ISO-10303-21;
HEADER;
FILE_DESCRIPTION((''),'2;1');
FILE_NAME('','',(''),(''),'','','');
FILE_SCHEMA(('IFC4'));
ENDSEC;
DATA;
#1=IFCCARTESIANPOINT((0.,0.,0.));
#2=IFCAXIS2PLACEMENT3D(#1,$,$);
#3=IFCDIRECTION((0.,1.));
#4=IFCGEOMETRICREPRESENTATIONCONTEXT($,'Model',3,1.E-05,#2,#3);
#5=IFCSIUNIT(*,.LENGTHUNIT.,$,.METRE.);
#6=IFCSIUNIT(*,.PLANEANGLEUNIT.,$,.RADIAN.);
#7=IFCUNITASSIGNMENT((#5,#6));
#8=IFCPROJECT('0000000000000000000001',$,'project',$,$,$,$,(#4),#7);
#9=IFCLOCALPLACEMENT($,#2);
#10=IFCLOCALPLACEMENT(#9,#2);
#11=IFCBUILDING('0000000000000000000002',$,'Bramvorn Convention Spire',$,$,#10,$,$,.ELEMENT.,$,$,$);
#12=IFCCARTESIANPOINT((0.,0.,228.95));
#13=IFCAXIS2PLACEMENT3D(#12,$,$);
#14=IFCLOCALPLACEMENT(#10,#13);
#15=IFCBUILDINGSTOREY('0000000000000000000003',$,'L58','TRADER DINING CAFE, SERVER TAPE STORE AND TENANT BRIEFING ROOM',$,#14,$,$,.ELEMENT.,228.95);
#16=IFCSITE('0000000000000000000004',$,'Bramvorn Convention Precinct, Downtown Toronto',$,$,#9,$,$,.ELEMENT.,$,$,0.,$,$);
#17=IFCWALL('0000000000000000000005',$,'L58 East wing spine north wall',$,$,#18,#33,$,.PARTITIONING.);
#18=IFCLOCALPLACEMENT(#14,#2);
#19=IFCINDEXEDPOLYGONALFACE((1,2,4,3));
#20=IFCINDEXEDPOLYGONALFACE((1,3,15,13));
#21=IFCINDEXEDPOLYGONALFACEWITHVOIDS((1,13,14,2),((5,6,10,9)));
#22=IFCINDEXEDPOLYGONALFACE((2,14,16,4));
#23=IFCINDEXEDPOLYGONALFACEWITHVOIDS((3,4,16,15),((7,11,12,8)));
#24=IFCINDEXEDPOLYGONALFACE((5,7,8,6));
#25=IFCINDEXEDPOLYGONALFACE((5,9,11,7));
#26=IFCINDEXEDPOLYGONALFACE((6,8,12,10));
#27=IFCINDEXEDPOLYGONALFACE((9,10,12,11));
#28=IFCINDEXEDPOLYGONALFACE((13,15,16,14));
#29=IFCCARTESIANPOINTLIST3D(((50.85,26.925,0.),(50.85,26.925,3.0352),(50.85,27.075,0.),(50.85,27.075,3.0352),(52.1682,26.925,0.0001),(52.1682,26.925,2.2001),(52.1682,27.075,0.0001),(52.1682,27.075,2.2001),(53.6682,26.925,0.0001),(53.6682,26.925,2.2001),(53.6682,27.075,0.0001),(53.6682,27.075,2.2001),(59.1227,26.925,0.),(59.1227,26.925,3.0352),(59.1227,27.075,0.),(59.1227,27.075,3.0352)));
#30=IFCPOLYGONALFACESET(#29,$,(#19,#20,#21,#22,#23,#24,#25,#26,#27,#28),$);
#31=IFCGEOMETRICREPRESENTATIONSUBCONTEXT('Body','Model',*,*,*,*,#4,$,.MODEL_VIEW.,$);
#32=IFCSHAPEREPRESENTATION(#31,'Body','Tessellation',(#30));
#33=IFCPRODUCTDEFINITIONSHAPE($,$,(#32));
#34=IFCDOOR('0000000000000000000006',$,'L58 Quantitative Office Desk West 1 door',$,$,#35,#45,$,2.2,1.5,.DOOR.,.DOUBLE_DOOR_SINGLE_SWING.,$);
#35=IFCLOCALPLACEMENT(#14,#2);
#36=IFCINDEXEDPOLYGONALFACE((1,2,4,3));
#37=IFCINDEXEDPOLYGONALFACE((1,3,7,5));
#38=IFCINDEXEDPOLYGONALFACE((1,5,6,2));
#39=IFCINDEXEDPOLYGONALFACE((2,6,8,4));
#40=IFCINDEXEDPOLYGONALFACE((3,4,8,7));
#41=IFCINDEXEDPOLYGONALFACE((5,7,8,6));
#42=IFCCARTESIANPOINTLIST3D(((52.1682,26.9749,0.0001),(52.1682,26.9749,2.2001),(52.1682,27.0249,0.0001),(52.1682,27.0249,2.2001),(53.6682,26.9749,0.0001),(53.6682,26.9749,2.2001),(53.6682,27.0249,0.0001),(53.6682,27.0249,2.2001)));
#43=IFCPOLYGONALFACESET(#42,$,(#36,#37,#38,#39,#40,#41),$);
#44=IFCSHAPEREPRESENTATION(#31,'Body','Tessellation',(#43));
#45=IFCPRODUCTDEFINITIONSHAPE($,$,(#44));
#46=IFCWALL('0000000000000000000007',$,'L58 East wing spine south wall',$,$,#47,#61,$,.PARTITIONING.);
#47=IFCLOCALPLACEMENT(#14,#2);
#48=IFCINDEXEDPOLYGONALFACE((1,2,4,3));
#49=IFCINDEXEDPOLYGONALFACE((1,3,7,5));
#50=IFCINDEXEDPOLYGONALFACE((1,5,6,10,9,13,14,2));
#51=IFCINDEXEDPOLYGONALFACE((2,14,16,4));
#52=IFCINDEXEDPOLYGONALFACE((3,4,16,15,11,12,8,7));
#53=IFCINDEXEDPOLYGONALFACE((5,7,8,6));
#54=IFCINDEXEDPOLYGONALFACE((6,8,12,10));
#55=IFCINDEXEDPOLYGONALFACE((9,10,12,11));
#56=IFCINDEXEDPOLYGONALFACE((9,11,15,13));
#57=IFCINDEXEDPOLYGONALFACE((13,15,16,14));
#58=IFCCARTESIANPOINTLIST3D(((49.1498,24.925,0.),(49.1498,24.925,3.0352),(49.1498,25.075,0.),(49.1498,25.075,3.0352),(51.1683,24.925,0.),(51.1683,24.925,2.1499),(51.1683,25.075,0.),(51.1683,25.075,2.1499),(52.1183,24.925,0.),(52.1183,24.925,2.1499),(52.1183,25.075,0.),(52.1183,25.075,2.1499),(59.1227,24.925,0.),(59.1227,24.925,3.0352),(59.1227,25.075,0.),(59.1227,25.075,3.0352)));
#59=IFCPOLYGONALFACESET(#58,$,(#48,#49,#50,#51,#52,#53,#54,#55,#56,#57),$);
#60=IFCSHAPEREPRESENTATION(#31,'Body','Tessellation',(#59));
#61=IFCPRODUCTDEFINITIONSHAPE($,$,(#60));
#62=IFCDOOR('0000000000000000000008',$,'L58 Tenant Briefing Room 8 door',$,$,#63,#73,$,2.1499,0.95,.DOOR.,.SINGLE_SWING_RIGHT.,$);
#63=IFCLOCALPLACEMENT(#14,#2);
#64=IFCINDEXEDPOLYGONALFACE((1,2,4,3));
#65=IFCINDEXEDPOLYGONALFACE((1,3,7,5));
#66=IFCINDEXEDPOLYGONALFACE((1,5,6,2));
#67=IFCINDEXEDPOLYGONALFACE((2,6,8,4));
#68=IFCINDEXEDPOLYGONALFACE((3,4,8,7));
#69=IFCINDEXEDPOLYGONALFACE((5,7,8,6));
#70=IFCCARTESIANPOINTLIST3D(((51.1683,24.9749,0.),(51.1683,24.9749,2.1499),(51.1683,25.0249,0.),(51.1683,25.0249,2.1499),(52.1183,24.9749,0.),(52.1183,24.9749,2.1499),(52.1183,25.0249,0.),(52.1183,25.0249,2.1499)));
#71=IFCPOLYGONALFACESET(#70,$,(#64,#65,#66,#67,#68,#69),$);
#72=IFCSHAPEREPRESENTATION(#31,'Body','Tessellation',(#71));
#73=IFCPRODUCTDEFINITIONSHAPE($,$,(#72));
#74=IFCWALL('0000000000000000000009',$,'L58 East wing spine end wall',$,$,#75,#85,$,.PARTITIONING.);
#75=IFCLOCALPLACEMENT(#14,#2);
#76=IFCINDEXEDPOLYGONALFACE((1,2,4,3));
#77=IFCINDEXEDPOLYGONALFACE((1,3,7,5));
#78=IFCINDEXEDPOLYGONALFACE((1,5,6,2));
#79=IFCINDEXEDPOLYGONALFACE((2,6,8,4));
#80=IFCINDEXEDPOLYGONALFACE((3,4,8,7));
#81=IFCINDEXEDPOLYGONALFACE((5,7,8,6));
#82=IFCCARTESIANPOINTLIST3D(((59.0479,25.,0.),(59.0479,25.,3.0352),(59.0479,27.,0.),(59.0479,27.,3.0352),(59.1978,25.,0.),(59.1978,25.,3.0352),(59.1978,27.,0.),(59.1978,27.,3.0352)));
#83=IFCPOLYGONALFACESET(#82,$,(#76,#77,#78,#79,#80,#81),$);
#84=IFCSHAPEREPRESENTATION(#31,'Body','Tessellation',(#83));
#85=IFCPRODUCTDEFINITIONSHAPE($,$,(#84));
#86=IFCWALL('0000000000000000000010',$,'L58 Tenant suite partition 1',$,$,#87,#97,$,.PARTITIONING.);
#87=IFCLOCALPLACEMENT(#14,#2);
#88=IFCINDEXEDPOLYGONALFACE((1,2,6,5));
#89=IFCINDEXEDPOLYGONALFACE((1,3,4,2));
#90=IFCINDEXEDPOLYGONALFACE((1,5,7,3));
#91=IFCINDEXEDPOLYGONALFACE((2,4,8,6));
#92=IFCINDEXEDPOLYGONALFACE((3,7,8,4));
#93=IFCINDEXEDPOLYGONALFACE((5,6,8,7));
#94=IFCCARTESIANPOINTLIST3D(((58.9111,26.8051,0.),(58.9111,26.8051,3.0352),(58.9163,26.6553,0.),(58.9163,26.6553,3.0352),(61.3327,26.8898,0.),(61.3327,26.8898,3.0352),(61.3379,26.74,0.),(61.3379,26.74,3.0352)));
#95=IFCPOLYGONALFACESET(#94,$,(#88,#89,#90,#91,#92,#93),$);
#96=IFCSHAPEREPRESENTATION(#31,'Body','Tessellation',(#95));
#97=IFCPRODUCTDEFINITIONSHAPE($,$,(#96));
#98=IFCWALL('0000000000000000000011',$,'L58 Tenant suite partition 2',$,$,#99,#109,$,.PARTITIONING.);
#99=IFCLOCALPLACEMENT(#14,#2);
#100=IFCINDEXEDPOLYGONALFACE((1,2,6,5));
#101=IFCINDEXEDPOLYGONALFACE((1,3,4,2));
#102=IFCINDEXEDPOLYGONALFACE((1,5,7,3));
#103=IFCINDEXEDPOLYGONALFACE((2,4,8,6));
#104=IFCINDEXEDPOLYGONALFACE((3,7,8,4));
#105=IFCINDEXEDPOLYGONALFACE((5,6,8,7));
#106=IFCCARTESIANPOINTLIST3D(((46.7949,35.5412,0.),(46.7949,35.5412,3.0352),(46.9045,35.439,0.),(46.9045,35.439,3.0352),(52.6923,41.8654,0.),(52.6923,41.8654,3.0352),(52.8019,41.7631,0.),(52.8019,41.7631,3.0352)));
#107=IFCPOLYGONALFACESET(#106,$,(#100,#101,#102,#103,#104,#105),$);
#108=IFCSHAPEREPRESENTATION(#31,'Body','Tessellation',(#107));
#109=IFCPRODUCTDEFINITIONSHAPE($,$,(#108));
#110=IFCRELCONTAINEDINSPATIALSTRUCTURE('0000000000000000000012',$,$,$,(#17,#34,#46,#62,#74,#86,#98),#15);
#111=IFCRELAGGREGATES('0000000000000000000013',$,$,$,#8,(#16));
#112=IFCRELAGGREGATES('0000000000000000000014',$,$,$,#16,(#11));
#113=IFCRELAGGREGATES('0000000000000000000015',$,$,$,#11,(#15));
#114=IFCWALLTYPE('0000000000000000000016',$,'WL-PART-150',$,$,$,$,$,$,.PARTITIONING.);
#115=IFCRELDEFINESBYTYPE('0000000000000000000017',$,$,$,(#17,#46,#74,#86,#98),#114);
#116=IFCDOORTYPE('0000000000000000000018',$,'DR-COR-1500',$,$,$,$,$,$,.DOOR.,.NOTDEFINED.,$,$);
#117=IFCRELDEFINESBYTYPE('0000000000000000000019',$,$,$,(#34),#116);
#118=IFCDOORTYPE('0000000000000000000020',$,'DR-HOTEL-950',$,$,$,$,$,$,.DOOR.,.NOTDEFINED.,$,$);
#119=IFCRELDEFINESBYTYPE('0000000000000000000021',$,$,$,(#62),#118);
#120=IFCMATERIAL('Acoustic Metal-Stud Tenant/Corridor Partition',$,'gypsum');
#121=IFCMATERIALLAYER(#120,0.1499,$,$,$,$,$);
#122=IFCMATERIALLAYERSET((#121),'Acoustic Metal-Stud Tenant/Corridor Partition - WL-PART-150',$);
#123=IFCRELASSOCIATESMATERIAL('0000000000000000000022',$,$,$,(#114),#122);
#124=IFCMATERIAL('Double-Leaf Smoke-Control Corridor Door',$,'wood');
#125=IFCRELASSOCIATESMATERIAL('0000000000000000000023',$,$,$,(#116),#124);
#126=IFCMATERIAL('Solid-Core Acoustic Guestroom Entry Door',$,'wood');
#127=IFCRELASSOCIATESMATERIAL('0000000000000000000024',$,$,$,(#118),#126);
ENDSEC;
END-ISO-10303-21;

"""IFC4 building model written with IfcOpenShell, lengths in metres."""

from ifc_helpers import new_model, si_unit, direction, frame, frame_2d, origin, place, context, subcontext, project, spatial, rectangle, extrude, material, layer, layer_set, type_object, element, fill, save


model = new_model("IFC4")

# Units and contexts
model_context = context("Model", 3, precision=1e-05, world=origin(), true_north=direction((0.0, 1.0)))
body_context = subcontext(model_context, "Body", "Model", "MODEL_VIEW")
ifc_project = project(units=[si_unit("LENGTHUNIT", "METRE"), si_unit("PLANEANGLEUNIT", "RADIAN")], contexts=[model_context])

# Site, building, storey
site_placement = place(None, origin())
site = spatial("IfcSite", under=ifc_project, at=site_placement, Name="Bramvorn Convention Precinct, Downtown Toronto", CompositionType="ELEMENT", RefElevation=0.0)
building_placement = place(site_placement, origin())
building = spatial("IfcBuilding", under=site, at=building_placement, Name="Bramvorn Convention Spire", CompositionType="ELEMENT")
storey_placement = place(building_placement, frame((0.0, 0.0, 228.95)))
storey = spatial("IfcBuildingStorey", under=building, at=storey_placement, Name="L58", Description="TRADER DINING CAFE, SERVER TAPE STORE AND TENANT BRIEFING ROOM", CompositionType="ELEMENT", Elevation=228.95)

# Shared definitions
ifc_material_1 = material(Name="Acoustic Metal-Stud Tenant/Corridor Partition", Category="gypsum")
ifc_layer_1 = layer(ifc_material_1, 0.1499)
ifc_layer_set_1 = layer_set([ifc_layer_1], Name="Acoustic Metal-Stud Tenant/Corridor Partition - WL-PART-150")
wall_type_1 = type_object("IfcWallType", Name="WL-PART-150", PredefinedType="PARTITIONING", material=ifc_layer_set_1)

# Walls, openings, doors
wall_1_placement = place(storey_placement, frame((50.8501, 27.0, 0.0), z_axis=(0.0, 0.0, 1.0), x_axis=(1.0, 0.0, 0.0)))
wall_1 = element("IfcWall", 1, at=wall_1_placement, inside=storey, type_object=wall_type_1, Name="L58 East wing spine north wall", PredefinedType="PARTITIONING", context=body_context, shape_type="SweptSolid", body=[
    extrude(rectangle(XDim=8.2727, YDim=0.1499, at=frame_2d((4.1362, 0.0))), origin(), (0.0, 0.0, 1.0), 3.0352),
])
opening_1_placement = place(wall_1_placement, frame((1.3181, 0.0, 0.0)))
opening_1 = element("IfcOpeningElement", 2, at=opening_1_placement, cuts=wall_1, PredefinedType="OPENING", context=body_context, shape_type="SweptSolid", body=[
    extrude(rectangle(XDim=1.5, YDim=2.2, at=frame_2d((0.75, 1.1001))), frame((0.0, 0.085, 0.0), z_axis=(0.0, -1.0, 0.0), x_axis=(1.0, 0.0, 0.0)), (0.0, 0.0, 1.0), 0.1699),
])
ifc_material_2 = material(Name="Double-Leaf Smoke-Control Corridor Door", Category="wood")
door_type_1 = type_object("IfcDoorType", Name="DR-COR-1500", OperationType="NOTDEFINED", PredefinedType="DOOR", material=ifc_material_2)
door_1_placement = place(opening_1_placement, origin())
door_1 = element("IfcDoor", 3, at=door_1_placement, inside=storey, type_object=door_type_1, Name="L58 Quantitative Office Desk West 1 door", OperationType="DOUBLE_DOOR_SINGLE_SWING", OverallHeight=2.2, OverallWidth=1.5, PredefinedType="DOOR", context=body_context, shape_type="SweptSolid", body=[
    extrude(rectangle(XDim=1.5, YDim=2.2, at=frame_2d((0.75, 1.1001))), frame((0.0, 0.0249, 0.0), z_axis=(0.0, -1.0, 0.0), x_axis=(1.0, 0.0, 0.0)), (0.0, 0.0, 1.0), 0.05),
])
fill(opening_1, door_1)
wall_2_placement = place(storey_placement, frame((49.1499, 25.0, 0.0), z_axis=(0.0, 0.0, 1.0), x_axis=(1.0, 0.0, 0.0)))
wall_2 = element("IfcWall", 4, at=wall_2_placement, inside=storey, type_object=wall_type_1, Name="L58 East wing spine south wall", PredefinedType="PARTITIONING", context=body_context, shape_type="SweptSolid", body=[
    extrude(rectangle(XDim=9.9729, YDim=0.1499, at=frame_2d((4.9863, 0.0))), origin(), (0.0, 0.0, 1.0), 3.0352),
])
opening_2_placement = place(wall_2_placement, frame((2.0183, 0.0, 0.0)))
opening_2 = element("IfcOpeningElement", 5, at=opening_2_placement, cuts=wall_2, PredefinedType="OPENING", context=body_context, shape_type="SweptSolid", body=[
    extrude(rectangle(XDim=0.95, YDim=2.1499, at=frame_2d((0.4751, 1.075))), frame((0.0, 0.085, 0.0), z_axis=(0.0, -1.0, 0.0), x_axis=(1.0, 0.0, 0.0)), (0.0, 0.0, 1.0), 0.1699),
])
ifc_material_3 = material(Name="Solid-Core Acoustic Guestroom Entry Door", Category="wood")
door_type_2 = type_object("IfcDoorType", Name="DR-HOTEL-950", OperationType="NOTDEFINED", PredefinedType="DOOR", material=ifc_material_3)
door_2_placement = place(opening_2_placement, origin())
door_2 = element("IfcDoor", 6, at=door_2_placement, inside=storey, type_object=door_type_2, Name="L58 Tenant Briefing Room 8 door", OperationType="SINGLE_SWING_RIGHT", OverallHeight=2.1499, OverallWidth=0.95, PredefinedType="DOOR", context=body_context, shape_type="SweptSolid", body=[
    extrude(rectangle(XDim=0.95, YDim=2.1499, at=frame_2d((0.4751, 1.075))), frame((0.0, 0.0249, 0.0), z_axis=(0.0, -1.0, 0.0), x_axis=(1.0, 0.0, 0.0)), (0.0, 0.0, 1.0), 0.05),
])
fill(opening_2, door_2)

# Walls
wall_3_placement = place(storey_placement, frame((59.1228, 25.0, 0.0), z_axis=(0.0, 0.0, 1.0), x_axis=(0.0, 1.0, 0.0)))
element("IfcWall", 7, at=wall_3_placement, inside=storey, type_object=wall_type_1, Name="L58 East wing spine end wall", PredefinedType="PARTITIONING", context=body_context, shape_type="SweptSolid", body=[
    extrude(rectangle(XDim=2.0, YDim=0.1499, at=frame_2d((1.0, 0.0))), origin(), (0.0, 0.0, 1.0), 3.0352),
])
wall_4_placement = place(storey_placement, frame((58.9138, 26.7302, 0.0), z_axis=(0.0, 0.0, 1.0), x_axis=(0.999389, 0.034962, 0.0)))
element("IfcWall", 8, at=wall_4_placement, inside=storey, type_object=wall_type_1, Name="L58 Tenant suite partition 1", PredefinedType="PARTITIONING", context=body_context, shape_type="SweptSolid", body=[
    extrude(rectangle(XDim=2.4231, YDim=0.1499, at=frame_2d((1.2114, 0.0))), origin(), (0.0, 0.0, 1.0), 3.0352),
])
wall_5_placement = place(storey_placement, frame((46.8496, 35.49, 0.0), z_axis=(0.0, 0.0, 1.0), x_axis=(0.682, 0.731352, 0.0)))
element("IfcWall", 9, at=wall_5_placement, inside=storey, type_object=wall_type_1, Name="L58 Tenant suite partition 2", PredefinedType="PARTITIONING", context=body_context, shape_type="SweptSolid", body=[
    extrude(rectangle(XDim=8.6472, YDim=0.1499, at=frame_2d((4.3237, 0.0))), origin(), (0.0, 0.0, 1.0), 3.0352),
])

save(model, "model.ifc")
